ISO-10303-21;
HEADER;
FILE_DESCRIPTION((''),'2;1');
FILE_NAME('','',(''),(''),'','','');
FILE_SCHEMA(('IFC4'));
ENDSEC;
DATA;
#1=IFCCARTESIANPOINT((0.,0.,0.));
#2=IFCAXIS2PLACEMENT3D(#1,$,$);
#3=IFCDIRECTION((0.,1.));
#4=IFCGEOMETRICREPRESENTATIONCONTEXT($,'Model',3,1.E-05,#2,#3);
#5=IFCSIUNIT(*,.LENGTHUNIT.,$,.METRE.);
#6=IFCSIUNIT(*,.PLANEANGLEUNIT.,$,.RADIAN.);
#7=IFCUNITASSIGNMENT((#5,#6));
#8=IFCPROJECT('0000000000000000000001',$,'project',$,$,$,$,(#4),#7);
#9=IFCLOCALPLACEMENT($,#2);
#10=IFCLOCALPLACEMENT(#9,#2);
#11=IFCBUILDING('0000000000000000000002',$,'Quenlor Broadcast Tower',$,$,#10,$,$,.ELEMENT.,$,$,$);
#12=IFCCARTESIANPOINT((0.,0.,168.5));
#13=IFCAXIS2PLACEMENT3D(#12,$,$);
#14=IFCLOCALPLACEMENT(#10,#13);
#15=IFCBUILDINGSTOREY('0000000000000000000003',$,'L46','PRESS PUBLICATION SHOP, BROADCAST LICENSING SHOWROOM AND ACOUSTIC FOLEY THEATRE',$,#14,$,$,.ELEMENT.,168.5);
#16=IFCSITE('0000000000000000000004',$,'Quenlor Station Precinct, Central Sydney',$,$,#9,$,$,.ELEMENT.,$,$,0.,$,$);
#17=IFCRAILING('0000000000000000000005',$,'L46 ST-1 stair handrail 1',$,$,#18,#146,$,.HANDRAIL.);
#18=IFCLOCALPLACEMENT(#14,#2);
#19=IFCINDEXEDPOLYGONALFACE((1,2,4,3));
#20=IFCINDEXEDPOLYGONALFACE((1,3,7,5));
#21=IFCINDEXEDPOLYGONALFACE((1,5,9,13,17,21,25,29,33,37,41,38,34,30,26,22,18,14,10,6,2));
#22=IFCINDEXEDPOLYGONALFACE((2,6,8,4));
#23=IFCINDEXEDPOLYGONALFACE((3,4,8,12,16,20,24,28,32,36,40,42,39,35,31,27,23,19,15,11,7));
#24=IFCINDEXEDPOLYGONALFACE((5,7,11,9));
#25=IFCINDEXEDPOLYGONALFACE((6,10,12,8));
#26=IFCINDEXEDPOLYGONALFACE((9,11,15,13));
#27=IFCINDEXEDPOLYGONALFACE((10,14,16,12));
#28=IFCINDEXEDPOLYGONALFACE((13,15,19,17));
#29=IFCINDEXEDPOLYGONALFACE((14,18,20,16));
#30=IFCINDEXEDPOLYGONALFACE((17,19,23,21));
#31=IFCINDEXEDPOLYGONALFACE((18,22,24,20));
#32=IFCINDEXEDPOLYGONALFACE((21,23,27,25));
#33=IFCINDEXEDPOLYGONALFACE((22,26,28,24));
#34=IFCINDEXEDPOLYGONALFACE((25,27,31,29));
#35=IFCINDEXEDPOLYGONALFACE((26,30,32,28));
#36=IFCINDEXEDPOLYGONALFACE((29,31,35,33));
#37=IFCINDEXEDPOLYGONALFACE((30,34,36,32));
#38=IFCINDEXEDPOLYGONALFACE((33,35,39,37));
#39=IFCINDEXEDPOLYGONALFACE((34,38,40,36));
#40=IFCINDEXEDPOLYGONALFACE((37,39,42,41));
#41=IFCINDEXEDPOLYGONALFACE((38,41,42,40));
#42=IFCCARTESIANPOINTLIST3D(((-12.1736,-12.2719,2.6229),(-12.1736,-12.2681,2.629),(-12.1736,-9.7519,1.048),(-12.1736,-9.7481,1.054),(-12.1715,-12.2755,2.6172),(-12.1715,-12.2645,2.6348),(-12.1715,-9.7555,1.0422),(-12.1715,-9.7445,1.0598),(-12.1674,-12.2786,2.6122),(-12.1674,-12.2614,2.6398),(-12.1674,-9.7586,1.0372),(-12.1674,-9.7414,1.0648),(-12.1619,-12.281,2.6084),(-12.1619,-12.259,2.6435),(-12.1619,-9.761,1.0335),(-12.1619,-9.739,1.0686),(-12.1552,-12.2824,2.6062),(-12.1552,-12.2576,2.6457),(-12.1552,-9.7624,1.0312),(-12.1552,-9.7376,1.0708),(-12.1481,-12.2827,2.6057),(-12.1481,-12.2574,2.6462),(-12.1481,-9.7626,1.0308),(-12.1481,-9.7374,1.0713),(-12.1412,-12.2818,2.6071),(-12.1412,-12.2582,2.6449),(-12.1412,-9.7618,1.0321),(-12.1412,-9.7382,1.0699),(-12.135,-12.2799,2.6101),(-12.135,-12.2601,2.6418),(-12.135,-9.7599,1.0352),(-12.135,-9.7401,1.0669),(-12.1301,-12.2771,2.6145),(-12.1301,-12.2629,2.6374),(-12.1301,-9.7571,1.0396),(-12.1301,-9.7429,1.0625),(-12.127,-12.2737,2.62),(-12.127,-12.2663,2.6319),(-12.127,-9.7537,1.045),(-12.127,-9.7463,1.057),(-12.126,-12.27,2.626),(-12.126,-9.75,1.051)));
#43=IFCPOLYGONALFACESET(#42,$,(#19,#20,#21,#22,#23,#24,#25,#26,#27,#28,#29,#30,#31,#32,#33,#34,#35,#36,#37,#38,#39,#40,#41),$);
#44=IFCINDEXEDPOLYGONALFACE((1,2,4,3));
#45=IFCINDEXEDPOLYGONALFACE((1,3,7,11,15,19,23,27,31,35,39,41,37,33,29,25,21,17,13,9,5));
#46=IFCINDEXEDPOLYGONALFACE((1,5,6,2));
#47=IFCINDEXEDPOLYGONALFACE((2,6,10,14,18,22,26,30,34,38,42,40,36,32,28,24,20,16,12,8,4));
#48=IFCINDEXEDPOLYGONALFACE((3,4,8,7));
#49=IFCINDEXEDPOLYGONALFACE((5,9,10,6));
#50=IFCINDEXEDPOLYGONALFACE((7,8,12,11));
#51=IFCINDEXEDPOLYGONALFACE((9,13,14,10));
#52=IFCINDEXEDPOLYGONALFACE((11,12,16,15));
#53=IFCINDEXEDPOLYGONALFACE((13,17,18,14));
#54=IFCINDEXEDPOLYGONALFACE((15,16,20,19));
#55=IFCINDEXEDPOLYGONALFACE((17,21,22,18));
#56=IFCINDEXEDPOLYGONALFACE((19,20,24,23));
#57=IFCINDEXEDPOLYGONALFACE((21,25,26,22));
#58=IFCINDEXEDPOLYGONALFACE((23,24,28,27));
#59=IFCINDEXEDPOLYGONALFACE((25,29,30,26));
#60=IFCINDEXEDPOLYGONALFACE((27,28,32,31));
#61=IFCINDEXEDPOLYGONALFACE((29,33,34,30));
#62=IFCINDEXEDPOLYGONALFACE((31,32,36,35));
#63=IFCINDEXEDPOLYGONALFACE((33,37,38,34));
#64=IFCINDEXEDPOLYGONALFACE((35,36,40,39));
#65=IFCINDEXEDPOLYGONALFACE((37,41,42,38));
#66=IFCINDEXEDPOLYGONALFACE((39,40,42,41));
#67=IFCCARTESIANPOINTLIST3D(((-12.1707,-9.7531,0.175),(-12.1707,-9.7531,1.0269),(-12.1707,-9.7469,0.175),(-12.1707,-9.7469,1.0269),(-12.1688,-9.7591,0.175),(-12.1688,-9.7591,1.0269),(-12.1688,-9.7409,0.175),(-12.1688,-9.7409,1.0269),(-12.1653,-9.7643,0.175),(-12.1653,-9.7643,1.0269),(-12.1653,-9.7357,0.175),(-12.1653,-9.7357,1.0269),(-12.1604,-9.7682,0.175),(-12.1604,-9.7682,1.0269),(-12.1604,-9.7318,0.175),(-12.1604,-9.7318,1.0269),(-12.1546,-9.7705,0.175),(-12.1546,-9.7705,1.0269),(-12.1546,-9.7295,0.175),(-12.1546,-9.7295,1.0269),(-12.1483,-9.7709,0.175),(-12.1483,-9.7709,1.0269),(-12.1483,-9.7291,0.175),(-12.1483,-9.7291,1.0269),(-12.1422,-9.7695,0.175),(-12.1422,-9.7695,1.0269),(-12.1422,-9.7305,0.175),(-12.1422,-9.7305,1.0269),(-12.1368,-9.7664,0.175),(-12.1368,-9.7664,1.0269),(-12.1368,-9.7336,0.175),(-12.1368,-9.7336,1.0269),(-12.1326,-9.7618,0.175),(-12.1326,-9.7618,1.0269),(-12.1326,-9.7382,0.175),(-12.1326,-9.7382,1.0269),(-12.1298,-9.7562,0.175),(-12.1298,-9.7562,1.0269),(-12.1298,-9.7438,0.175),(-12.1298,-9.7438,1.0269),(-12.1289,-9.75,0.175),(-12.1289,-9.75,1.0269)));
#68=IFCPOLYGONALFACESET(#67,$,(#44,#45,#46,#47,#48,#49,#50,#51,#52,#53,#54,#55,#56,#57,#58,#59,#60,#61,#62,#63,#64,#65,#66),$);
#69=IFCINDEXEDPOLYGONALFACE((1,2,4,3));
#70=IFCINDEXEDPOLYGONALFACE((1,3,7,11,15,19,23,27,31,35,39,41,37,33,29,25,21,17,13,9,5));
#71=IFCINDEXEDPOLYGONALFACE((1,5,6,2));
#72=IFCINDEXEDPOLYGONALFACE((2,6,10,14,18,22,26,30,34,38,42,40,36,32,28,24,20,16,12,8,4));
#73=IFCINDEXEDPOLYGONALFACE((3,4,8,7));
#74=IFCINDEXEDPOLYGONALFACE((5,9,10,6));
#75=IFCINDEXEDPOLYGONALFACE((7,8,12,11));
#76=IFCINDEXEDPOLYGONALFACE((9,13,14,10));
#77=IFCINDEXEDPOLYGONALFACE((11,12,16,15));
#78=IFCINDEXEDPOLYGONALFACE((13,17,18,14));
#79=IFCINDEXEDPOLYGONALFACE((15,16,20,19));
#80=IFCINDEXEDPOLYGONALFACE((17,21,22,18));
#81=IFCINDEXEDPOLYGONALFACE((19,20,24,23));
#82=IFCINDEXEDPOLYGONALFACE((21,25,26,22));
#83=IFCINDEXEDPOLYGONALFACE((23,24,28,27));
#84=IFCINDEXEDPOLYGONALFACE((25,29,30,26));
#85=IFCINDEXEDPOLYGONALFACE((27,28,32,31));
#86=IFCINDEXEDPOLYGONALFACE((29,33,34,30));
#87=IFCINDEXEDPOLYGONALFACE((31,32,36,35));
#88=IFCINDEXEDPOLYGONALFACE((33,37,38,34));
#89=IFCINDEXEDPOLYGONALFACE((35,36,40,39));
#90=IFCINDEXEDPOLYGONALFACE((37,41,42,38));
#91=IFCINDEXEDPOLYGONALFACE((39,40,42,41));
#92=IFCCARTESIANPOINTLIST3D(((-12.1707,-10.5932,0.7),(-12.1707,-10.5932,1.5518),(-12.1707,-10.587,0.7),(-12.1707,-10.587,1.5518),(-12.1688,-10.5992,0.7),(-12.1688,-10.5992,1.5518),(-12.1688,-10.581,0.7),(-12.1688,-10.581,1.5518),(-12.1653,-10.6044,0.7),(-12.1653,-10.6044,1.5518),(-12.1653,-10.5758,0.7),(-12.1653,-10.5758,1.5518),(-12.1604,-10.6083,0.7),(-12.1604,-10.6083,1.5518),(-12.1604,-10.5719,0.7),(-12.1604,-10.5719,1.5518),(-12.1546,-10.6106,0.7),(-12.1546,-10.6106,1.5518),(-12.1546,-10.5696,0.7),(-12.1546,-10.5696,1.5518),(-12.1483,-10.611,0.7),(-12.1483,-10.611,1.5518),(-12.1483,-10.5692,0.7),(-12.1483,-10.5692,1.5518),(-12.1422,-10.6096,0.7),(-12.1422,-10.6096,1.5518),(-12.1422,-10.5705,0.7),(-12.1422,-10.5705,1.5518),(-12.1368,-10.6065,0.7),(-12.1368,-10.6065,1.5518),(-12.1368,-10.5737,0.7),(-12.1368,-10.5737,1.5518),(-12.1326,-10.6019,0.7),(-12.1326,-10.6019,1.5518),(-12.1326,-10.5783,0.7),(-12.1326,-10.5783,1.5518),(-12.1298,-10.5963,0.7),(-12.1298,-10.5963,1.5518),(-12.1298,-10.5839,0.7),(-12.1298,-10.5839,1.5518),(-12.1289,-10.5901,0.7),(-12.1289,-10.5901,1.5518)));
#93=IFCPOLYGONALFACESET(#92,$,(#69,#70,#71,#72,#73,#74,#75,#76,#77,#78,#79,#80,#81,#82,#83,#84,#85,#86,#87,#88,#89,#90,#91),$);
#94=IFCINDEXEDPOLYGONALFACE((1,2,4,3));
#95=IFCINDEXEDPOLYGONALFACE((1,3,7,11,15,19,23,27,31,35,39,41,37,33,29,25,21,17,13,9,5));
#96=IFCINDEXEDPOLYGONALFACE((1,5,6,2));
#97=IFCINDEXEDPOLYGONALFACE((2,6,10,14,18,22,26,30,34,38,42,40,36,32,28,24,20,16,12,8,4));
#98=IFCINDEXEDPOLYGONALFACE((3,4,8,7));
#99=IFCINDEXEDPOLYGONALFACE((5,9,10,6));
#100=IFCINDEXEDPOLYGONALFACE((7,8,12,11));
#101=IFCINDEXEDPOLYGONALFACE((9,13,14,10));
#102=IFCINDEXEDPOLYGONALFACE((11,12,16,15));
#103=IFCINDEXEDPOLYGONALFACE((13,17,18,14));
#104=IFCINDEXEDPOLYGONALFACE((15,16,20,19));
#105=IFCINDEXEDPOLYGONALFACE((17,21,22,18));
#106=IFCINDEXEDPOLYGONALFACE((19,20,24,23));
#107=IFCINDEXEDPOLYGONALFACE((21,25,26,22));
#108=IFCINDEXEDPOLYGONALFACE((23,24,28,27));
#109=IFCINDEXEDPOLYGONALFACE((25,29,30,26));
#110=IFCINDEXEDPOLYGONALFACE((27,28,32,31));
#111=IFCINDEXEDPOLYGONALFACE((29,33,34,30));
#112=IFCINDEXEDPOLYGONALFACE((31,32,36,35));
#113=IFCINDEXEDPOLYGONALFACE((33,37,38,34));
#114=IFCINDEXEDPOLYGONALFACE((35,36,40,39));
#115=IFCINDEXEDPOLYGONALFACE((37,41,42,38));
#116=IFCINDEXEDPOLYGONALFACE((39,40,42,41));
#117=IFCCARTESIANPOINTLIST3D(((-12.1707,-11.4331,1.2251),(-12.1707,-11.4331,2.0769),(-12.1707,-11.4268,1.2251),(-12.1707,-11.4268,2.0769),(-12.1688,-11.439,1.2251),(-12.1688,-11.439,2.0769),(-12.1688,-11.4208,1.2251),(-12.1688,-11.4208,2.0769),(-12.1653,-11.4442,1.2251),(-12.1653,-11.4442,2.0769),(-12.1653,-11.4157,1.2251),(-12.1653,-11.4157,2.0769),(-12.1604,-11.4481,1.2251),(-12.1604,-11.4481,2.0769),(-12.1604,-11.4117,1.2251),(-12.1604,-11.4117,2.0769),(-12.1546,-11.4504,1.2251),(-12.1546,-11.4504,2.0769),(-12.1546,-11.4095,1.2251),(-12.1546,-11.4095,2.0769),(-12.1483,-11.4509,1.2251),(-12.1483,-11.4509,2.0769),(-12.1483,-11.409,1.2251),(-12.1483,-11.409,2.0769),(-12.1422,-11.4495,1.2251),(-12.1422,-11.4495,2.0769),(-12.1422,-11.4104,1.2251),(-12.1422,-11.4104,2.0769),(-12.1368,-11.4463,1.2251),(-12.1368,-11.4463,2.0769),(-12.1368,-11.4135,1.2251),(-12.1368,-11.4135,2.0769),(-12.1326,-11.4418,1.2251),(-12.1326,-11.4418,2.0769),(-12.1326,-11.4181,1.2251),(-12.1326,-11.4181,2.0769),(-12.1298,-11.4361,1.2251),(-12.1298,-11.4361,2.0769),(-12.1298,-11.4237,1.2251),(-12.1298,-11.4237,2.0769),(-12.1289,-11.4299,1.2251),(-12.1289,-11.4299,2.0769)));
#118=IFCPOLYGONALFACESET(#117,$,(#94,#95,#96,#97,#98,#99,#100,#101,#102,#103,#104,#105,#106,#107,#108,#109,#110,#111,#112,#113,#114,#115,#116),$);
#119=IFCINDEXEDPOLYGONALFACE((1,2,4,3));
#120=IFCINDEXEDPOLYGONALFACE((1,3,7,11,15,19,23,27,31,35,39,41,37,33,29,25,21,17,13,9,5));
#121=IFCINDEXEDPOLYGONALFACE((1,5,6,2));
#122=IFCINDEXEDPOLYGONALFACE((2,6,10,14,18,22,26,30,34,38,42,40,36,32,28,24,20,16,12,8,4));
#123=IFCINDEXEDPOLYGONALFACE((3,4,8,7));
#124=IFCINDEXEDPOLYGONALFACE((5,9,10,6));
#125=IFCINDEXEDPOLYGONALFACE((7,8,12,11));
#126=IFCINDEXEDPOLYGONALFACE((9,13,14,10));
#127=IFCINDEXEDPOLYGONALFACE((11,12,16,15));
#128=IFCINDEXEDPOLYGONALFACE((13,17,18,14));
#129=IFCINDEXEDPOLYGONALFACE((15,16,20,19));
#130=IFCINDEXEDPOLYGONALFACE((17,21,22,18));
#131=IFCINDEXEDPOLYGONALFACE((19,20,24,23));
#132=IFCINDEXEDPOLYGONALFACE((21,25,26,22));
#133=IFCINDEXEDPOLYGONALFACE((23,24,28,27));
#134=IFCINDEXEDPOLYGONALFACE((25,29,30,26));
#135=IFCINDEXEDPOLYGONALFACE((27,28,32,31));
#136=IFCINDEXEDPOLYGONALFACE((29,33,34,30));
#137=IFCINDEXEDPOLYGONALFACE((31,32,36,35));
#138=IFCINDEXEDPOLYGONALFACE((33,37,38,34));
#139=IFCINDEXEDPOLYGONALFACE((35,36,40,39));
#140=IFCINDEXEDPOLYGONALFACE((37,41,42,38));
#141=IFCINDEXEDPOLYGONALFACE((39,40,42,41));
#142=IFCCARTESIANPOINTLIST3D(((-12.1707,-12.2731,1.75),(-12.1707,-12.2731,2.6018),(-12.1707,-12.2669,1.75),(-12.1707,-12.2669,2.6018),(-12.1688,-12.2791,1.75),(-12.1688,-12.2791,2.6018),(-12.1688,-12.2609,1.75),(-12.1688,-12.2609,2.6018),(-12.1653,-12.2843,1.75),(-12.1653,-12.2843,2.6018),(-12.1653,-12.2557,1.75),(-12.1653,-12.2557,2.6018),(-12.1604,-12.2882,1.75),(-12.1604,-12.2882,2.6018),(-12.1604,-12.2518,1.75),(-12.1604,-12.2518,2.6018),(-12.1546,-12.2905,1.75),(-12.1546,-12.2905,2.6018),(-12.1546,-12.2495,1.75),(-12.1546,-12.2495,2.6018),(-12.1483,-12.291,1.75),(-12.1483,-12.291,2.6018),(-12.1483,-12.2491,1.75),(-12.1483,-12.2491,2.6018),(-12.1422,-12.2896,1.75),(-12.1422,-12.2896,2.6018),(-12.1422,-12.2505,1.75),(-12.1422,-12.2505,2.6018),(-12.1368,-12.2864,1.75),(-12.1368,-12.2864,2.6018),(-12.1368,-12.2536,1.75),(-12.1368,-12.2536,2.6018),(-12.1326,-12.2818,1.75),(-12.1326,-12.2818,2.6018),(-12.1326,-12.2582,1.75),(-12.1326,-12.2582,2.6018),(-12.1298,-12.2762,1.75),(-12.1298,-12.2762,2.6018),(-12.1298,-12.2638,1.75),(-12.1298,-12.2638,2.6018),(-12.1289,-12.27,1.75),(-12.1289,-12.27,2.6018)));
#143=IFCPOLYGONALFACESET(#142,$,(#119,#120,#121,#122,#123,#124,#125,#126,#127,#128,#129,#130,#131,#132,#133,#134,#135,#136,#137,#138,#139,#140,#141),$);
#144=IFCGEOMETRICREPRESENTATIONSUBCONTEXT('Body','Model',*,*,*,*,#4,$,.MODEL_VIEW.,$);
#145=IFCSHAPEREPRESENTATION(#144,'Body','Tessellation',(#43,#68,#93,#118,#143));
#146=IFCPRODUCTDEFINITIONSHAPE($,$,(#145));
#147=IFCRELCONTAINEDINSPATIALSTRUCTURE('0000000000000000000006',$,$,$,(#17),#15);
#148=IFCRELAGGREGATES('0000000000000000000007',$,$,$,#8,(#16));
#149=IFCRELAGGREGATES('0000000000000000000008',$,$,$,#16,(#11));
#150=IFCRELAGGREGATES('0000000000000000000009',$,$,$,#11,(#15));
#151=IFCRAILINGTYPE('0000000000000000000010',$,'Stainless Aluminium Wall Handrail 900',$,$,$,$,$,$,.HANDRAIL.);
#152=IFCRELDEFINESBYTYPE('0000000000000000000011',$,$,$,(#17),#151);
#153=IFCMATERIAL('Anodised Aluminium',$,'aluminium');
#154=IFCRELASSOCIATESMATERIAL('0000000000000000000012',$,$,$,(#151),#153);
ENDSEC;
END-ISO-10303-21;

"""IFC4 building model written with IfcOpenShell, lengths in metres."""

from ifc_helpers import new_model, si_unit, direction, frame, origin, origin_2d, place, context, subcontext, project, spatial, circle, extrude, material, type_object, element, save


model = new_model("IFC4")

# Units and contexts
model_context = context("Model", 3, precision=1e-05, world=origin(), true_north=direction((0.0, 1.0)))
body_context = subcontext(model_context, "Body", "Model", "MODEL_VIEW")
ifc_project = project(units=[si_unit("LENGTHUNIT", "METRE"), si_unit("PLANEANGLEUNIT", "RADIAN")], contexts=[model_context])

# Site, building, storey
site_placement = place(None, origin())
site = spatial("IfcSite", under=ifc_project, at=site_placement, Name="Quenlor Station Precinct, Central Sydney", CompositionType="ELEMENT", RefElevation=0.0)
building_placement = place(site_placement, origin())
building = spatial("IfcBuilding", under=site, at=building_placement, Name="Quenlor Broadcast Tower", CompositionType="ELEMENT")
storey_placement = place(building_placement, frame((0.0, 0.0, 168.5)))
storey = spatial("IfcBuildingStorey", under=building, at=storey_placement, Name="L46", Description="PRESS PUBLICATION SHOP, BROADCAST LICENSING SHOWROOM AND ACOUSTIC FOLEY THEATRE", CompositionType="ELEMENT", Elevation=168.5)

# Railing
ifc_material_1 = material(Name="Anodised Aluminium", Category="aluminium")
railing_type_1 = type_object("IfcRailingType", Name="Stainless Aluminium Wall Handrail 900", PredefinedType="HANDRAIL", material=ifc_material_1)
railing_1_placement = place(storey_placement, frame((-12.1499, -9.75, 0.175)))
element("IfcRailing", 1, at=railing_1_placement, inside=storey, type_object=railing_type_1, Name="L46 ST-1 stair handrail 1", PredefinedType="HANDRAIL", context=body_context, shape_type="SweptSolid", body=[
    extrude(circle(Radius=0.0239, at=origin_2d()), frame((0.0, 0.0, 0.876), z_axis=(0.0, -0.848008, 0.529984), x_axis=(1.0, 0.0, 0.0)), (0.0, 0.0, 1.0), 2.9717),
    extrude(circle(Radius=0.021, at=origin_2d()), origin(), (0.0, 0.0, 1.0), 0.8518),
    extrude(circle(Radius=0.021, at=origin_2d()), frame((0.0, -0.8401, 0.5249)), (0.0, 0.0, 1.0), 0.8518),
    extrude(circle(Radius=0.021, at=origin_2d()), frame((0.0, -1.6799, 1.05)), (0.0, 0.0, 1.0), 0.8518),
    extrude(circle(Radius=0.021, at=origin_2d()), frame((0.0, -2.52, 1.575)), (0.0, 0.0, 1.0), 0.8518),
])

save(model, "model.ifc")
